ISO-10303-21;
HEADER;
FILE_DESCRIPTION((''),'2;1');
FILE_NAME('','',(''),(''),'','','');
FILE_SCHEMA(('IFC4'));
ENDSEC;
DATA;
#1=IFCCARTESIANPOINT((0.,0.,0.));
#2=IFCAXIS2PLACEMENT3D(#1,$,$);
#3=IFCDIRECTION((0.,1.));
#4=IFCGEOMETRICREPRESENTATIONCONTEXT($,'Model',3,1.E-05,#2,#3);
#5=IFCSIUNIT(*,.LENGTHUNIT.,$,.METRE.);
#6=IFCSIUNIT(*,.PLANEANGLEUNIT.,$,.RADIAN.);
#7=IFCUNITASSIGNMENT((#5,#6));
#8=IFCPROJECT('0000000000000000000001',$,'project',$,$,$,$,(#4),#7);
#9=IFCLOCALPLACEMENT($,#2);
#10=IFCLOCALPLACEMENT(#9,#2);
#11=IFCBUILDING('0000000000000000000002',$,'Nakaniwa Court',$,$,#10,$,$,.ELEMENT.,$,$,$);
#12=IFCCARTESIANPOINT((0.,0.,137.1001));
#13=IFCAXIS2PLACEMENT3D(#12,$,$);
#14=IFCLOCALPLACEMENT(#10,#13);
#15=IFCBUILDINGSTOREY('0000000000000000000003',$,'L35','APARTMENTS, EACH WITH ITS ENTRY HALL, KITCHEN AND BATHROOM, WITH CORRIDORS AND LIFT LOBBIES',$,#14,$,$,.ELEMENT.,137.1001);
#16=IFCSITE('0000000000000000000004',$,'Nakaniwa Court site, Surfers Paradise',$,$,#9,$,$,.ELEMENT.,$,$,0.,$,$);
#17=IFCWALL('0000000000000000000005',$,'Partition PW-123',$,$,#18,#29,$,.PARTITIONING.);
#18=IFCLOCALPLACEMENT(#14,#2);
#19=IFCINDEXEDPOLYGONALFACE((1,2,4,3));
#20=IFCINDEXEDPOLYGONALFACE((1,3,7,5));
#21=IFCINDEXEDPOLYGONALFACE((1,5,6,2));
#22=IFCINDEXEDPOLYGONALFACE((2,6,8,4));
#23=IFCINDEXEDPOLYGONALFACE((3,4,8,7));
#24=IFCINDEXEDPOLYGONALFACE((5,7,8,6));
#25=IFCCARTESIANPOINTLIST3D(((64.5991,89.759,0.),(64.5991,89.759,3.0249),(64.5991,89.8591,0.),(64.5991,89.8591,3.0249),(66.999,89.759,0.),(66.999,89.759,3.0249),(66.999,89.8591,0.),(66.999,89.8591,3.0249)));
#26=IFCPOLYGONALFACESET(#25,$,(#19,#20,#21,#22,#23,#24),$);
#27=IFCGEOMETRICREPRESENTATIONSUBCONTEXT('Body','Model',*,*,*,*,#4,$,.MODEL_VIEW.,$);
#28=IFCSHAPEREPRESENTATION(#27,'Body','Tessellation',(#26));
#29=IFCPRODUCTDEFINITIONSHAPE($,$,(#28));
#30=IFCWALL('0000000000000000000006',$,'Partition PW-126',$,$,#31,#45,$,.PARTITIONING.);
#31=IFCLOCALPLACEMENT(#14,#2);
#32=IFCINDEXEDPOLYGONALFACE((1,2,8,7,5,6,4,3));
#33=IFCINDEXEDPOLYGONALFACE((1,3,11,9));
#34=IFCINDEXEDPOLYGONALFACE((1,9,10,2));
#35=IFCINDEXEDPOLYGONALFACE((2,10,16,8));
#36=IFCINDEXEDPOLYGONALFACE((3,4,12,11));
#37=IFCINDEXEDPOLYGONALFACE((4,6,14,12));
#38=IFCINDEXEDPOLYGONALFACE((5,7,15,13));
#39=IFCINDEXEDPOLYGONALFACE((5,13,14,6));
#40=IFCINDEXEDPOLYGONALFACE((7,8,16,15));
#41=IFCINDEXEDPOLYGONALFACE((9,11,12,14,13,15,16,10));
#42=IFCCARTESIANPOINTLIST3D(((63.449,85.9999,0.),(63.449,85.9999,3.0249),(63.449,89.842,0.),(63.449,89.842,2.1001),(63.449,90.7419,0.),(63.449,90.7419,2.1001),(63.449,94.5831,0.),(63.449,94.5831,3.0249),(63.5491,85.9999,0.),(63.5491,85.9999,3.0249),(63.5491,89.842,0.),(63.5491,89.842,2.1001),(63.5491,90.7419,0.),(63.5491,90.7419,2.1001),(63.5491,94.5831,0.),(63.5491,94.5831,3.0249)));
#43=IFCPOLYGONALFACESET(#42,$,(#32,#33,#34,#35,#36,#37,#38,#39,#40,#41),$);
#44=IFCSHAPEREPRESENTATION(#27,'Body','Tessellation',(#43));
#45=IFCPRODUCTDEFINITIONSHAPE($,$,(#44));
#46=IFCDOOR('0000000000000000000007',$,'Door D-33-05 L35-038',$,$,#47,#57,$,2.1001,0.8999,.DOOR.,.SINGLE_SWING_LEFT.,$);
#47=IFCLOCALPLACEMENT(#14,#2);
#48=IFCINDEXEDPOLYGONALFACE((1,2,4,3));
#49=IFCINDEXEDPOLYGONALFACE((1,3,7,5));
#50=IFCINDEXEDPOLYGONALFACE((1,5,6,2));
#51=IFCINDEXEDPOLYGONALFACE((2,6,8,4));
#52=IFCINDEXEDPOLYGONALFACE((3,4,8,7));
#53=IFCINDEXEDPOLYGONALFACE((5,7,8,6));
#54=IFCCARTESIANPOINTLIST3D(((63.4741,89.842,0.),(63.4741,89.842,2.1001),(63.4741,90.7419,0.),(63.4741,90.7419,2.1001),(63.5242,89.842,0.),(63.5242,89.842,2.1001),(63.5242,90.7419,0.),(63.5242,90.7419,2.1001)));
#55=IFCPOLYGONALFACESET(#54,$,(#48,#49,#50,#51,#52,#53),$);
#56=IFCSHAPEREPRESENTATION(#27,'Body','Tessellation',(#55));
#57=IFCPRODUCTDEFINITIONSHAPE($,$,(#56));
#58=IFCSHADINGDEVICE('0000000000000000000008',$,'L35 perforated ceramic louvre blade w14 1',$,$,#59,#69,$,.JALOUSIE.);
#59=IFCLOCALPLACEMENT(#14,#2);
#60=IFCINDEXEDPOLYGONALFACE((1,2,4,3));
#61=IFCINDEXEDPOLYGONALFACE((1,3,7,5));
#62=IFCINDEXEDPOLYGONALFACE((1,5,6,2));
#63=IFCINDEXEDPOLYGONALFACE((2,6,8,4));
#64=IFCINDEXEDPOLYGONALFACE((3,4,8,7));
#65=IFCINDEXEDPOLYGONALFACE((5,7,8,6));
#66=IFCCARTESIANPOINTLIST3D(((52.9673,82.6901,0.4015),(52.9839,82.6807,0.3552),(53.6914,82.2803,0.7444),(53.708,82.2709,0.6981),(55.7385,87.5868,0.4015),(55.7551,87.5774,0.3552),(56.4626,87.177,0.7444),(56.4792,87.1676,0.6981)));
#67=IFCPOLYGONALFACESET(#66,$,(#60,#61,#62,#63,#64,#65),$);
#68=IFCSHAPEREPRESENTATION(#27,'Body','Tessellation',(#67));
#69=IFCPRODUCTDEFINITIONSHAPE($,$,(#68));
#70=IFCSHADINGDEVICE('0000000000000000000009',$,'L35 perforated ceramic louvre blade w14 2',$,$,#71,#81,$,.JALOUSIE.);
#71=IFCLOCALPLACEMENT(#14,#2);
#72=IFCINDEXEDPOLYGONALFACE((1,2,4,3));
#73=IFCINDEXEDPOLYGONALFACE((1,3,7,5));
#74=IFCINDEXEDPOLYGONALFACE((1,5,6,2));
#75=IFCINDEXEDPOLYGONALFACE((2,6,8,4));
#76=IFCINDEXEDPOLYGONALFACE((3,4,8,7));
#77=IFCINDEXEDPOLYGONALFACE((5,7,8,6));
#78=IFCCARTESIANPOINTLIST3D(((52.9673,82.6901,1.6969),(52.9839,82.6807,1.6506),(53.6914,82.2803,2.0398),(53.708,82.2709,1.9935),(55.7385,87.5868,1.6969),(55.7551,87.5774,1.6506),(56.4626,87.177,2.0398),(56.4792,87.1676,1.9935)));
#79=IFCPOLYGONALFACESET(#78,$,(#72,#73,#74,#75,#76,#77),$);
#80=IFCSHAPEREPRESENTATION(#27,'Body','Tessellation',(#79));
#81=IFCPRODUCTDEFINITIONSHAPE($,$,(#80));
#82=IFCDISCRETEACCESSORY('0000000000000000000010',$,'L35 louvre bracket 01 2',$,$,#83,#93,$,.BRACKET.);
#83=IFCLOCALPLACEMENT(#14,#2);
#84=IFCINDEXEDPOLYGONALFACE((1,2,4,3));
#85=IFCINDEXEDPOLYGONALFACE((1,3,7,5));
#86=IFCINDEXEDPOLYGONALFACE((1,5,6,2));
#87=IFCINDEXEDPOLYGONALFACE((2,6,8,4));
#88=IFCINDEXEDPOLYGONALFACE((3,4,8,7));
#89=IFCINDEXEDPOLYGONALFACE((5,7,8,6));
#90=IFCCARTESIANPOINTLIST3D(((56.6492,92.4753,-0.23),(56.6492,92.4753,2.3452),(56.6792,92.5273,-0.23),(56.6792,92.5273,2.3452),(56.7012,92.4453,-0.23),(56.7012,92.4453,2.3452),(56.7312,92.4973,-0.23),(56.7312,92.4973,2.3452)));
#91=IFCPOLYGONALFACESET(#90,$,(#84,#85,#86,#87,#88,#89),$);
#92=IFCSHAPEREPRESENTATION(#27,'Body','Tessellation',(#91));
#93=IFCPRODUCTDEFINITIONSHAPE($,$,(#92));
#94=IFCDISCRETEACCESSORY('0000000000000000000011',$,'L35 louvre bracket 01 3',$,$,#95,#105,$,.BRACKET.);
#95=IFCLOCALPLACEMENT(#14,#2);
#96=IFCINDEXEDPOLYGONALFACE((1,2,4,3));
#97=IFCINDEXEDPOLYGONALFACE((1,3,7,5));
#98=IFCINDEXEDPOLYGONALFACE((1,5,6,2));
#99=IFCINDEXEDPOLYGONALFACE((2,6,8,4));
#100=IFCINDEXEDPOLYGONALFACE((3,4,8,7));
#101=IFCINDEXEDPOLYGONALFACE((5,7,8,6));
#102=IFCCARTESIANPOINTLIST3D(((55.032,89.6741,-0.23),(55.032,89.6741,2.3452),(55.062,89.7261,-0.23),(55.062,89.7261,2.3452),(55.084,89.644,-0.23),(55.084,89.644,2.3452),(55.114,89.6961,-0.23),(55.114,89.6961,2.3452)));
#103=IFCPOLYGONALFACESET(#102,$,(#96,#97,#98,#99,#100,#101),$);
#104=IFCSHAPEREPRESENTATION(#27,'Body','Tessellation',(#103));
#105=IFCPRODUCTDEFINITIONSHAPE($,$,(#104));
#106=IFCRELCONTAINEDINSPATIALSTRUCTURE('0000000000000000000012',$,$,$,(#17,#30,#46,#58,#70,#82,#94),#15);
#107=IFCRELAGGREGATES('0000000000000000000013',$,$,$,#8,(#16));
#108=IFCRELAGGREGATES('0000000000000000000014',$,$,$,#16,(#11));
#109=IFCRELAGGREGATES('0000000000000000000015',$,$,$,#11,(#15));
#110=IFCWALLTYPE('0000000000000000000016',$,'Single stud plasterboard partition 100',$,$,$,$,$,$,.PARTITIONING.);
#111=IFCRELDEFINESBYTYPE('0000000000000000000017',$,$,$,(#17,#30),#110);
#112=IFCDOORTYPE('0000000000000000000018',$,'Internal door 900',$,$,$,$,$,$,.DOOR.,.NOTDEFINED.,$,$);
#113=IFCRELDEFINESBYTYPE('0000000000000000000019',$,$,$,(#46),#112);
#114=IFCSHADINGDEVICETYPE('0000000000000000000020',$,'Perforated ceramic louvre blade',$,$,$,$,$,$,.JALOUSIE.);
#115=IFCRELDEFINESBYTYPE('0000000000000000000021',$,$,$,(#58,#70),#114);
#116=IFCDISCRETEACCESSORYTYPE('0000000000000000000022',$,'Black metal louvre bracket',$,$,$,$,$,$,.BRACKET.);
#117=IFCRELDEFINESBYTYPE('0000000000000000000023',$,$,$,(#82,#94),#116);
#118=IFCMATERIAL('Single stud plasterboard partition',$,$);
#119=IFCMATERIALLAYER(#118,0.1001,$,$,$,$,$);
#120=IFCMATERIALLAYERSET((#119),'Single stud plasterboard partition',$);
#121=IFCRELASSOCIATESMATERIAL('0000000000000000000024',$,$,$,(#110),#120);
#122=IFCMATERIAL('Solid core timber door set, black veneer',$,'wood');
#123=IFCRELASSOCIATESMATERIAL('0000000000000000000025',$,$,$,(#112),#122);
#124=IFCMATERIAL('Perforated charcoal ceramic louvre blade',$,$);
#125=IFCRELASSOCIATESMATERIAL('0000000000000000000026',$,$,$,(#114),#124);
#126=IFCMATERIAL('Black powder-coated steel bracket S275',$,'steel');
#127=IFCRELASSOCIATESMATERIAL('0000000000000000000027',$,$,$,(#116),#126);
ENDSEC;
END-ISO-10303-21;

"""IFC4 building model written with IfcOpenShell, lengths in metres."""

from ifc_helpers import new_model, si_unit, direction, frame, frame_2d, origin, origin_2d, place, context, subcontext, project, spatial, rectangle, extrude, material, layer, layer_set, material_profile, profile_set, type_object, element, fill, save


model = new_model("IFC4")

# Units and contexts
model_context = context("Model", 3, precision=1e-05, world=origin(), true_north=direction((0.0, 1.0)))
body_context = subcontext(model_context, "Body", "Model", "MODEL_VIEW")
ifc_project = project(units=[si_unit("LENGTHUNIT", "METRE"), si_unit("PLANEANGLEUNIT", "RADIAN")], contexts=[model_context])

# Site, building, storey
site_placement = place(None, origin())
site = spatial("IfcSite", under=ifc_project, at=site_placement, Name="Nakaniwa Court site, Surfers Paradise", CompositionType="ELEMENT", RefElevation=0.0)
building_placement = place(site_placement, origin())
building = spatial("IfcBuilding", under=site, at=building_placement, Name="Nakaniwa Court", CompositionType="ELEMENT")
storey_placement = place(building_placement, frame((0.0, 0.0, 137.1001)))
storey = spatial("IfcBuildingStorey", under=building, at=storey_placement, Name="L35", Description="APARTMENTS, EACH WITH ITS ENTRY HALL, KITCHEN AND BATHROOM, WITH CORRIDORS AND LIFT LOBBIES", CompositionType="ELEMENT", Elevation=137.1001)

# Shared definitions
ifc_material_1 = material(Name="Single stud plasterboard partition")
ifc_layer_1 = layer(ifc_material_1, 0.1001)
ifc_layer_set_1 = layer_set([ifc_layer_1], Name="Single stud plasterboard partition")
wall_type_1 = type_object("IfcWallType", Name="Single stud plasterboard partition 100", PredefinedType="PARTITIONING", material=ifc_layer_set_1)
ifc_material_2 = material(Name="Solid core timber door set, black veneer", Category="wood")
door_type_1 = type_object("IfcDoorType", Name="Internal door 900", OperationType="NOTDEFINED", PredefinedType="DOOR", material=ifc_material_2)

# Wall
wall_1_placement = place(storey_placement, frame((64.5991, 89.8091, 0.0), z_axis=(0.0, 0.0, 1.0), x_axis=(1.0, 0.0, 0.0)))
element("IfcWall", 1, at=wall_1_placement, inside=storey, type_object=wall_type_1, Name="Partition PW-123", PredefinedType="PARTITIONING", context=body_context, shape_type="SweptSolid", body=[
    extrude(rectangle(XDim=2.3999, YDim=0.1001, at=frame_2d((1.2, 0.0))), origin(), (0.0, 0.0, 1.0), 3.0249),
])

# Wall, opening, door
wall_2_placement = place(storey_placement, frame((63.499, 86.0, 0.0), z_axis=(0.0, 0.0, 1.0), x_axis=(0.0, 1.0, 0.0)))
wall_2 = element("IfcWall", 2, at=wall_2_placement, inside=storey, type_object=wall_type_1, Name="Partition PW-126", PredefinedType="PARTITIONING", context=body_context, shape_type="SweptSolid", body=[
    extrude(rectangle(XDim=8.5833, YDim=0.1001, at=frame_2d((4.2915, 0.0))), origin(), (0.0, 0.0, 1.0), 3.0249),
])
opening_1_placement = place(wall_2_placement, frame((3.842, 0.0, 0.0)))
opening_1 = element("IfcOpeningElement", 3, at=opening_1_placement, cuts=wall_2, PredefinedType="OPENING", context=body_context, shape_type="SweptSolid", body=[
    extrude(rectangle(XDim=0.8999, YDim=2.1001, at=frame_2d((0.45, 1.05))), frame((0.0, 0.0601, 0.0), z_axis=(0.0, -1.0, 0.0), x_axis=(1.0, 0.0, 0.0)), (0.0, 0.0, 1.0), 0.1201),
])
door_1_placement = place(opening_1_placement, origin())
door_1 = element("IfcDoor", 4, at=door_1_placement, inside=storey, type_object=door_type_1, Name="Door D-33-05 L35-038", OperationType="SINGLE_SWING_LEFT", OverallHeight=2.1001, OverallWidth=0.8999, PredefinedType="DOOR", context=body_context, shape_type="SweptSolid", body=[
    extrude(rectangle(XDim=0.8999, YDim=2.1001, at=frame_2d((0.45, 1.05))), frame((0.0, 0.0249, 0.0), z_axis=(0.0, -1.0, 0.0), x_axis=(1.0, 0.0, 0.0)), (0.0, 0.0, 1.0), 0.05),
])
fill(opening_1, door_1)

# Shading devices
ifc_material_3 = material(Name="Perforated charcoal ceramic louvre blade")
ifc_material_profile_1 = material_profile(ifc_material_3, rectangle(XDim=0.8999, YDim=0.05, at=origin_2d()), Name="Perforated ceramic louvre blade")
ifc_profile_set_1 = profile_set([ifc_material_profile_1], Name="Perforated charcoal ceramic louvre blade")
shading_device_type = type_object("IfcShadingDeviceType", Name="Perforated ceramic louvre blade", PredefinedType="JALOUSIE", material=ifc_profile_set_1)
for number, where, z_axis, x_axis, name in (
    (5, (56.1089, 87.3772, 0.5498), (-0.492532, -0.870294, 0.0), (0.804627, -0.455368, 0.38107), "L35 perforated ceramic louvre blade w14 1"),
    (6, (56.1089, 87.3772, 1.8452), (-0.492532, -0.870294, 0.0), (0.804627, -0.455368, 0.38107), "L35 perforated ceramic louvre blade w14 2"),
):
    element("IfcShadingDevice", number, at=place(storey_placement, frame(where, z_axis=z_axis, x_axis=x_axis)), inside=storey, type_object=shading_device_type, Name=name, PredefinedType="JALOUSIE", context=body_context, shape_type="SweptSolid", body=[
        extrude(rectangle(XDim=0.8999, YDim=0.05, at=origin_2d()), origin(), (0.0, 0.0, 1.0), 5.6265),
    ])

# Discrete accessories
ifc_material_4 = material(Name="Black powder-coated steel bracket S275", Category="steel")
discrete_accessory_type = type_object("IfcDiscreteAccessoryType", Name="Black metal louvre bracket", PredefinedType="BRACKET", material=ifc_material_4)
for number, where, z_axis, x_axis, name in (
    (7, (56.6902, 92.4863, -0.23), (0.0, 0.0, 1.0), (-0.499976, -0.866039, 0.0), "L35 louvre bracket 01 2"),
    (8, (55.073, 89.6851, -0.23), (0.0, 0.0, 1.0), (-0.499976, -0.866039, 0.0), "L35 louvre bracket 01 3"),
):
    element("IfcDiscreteAccessory", number, at=place(storey_placement, frame(where, z_axis=z_axis, x_axis=x_axis)), inside=storey, type_object=discrete_accessory_type, Name=name, PredefinedType="BRACKET", context=body_context, shape_type="SweptSolid", body=[
        extrude(rectangle(XDim=0.0601, YDim=0.0601, at=origin_2d()), origin(), (0.0, 0.0, 1.0), 2.5752),
    ])

save(model, "model.ifc")
